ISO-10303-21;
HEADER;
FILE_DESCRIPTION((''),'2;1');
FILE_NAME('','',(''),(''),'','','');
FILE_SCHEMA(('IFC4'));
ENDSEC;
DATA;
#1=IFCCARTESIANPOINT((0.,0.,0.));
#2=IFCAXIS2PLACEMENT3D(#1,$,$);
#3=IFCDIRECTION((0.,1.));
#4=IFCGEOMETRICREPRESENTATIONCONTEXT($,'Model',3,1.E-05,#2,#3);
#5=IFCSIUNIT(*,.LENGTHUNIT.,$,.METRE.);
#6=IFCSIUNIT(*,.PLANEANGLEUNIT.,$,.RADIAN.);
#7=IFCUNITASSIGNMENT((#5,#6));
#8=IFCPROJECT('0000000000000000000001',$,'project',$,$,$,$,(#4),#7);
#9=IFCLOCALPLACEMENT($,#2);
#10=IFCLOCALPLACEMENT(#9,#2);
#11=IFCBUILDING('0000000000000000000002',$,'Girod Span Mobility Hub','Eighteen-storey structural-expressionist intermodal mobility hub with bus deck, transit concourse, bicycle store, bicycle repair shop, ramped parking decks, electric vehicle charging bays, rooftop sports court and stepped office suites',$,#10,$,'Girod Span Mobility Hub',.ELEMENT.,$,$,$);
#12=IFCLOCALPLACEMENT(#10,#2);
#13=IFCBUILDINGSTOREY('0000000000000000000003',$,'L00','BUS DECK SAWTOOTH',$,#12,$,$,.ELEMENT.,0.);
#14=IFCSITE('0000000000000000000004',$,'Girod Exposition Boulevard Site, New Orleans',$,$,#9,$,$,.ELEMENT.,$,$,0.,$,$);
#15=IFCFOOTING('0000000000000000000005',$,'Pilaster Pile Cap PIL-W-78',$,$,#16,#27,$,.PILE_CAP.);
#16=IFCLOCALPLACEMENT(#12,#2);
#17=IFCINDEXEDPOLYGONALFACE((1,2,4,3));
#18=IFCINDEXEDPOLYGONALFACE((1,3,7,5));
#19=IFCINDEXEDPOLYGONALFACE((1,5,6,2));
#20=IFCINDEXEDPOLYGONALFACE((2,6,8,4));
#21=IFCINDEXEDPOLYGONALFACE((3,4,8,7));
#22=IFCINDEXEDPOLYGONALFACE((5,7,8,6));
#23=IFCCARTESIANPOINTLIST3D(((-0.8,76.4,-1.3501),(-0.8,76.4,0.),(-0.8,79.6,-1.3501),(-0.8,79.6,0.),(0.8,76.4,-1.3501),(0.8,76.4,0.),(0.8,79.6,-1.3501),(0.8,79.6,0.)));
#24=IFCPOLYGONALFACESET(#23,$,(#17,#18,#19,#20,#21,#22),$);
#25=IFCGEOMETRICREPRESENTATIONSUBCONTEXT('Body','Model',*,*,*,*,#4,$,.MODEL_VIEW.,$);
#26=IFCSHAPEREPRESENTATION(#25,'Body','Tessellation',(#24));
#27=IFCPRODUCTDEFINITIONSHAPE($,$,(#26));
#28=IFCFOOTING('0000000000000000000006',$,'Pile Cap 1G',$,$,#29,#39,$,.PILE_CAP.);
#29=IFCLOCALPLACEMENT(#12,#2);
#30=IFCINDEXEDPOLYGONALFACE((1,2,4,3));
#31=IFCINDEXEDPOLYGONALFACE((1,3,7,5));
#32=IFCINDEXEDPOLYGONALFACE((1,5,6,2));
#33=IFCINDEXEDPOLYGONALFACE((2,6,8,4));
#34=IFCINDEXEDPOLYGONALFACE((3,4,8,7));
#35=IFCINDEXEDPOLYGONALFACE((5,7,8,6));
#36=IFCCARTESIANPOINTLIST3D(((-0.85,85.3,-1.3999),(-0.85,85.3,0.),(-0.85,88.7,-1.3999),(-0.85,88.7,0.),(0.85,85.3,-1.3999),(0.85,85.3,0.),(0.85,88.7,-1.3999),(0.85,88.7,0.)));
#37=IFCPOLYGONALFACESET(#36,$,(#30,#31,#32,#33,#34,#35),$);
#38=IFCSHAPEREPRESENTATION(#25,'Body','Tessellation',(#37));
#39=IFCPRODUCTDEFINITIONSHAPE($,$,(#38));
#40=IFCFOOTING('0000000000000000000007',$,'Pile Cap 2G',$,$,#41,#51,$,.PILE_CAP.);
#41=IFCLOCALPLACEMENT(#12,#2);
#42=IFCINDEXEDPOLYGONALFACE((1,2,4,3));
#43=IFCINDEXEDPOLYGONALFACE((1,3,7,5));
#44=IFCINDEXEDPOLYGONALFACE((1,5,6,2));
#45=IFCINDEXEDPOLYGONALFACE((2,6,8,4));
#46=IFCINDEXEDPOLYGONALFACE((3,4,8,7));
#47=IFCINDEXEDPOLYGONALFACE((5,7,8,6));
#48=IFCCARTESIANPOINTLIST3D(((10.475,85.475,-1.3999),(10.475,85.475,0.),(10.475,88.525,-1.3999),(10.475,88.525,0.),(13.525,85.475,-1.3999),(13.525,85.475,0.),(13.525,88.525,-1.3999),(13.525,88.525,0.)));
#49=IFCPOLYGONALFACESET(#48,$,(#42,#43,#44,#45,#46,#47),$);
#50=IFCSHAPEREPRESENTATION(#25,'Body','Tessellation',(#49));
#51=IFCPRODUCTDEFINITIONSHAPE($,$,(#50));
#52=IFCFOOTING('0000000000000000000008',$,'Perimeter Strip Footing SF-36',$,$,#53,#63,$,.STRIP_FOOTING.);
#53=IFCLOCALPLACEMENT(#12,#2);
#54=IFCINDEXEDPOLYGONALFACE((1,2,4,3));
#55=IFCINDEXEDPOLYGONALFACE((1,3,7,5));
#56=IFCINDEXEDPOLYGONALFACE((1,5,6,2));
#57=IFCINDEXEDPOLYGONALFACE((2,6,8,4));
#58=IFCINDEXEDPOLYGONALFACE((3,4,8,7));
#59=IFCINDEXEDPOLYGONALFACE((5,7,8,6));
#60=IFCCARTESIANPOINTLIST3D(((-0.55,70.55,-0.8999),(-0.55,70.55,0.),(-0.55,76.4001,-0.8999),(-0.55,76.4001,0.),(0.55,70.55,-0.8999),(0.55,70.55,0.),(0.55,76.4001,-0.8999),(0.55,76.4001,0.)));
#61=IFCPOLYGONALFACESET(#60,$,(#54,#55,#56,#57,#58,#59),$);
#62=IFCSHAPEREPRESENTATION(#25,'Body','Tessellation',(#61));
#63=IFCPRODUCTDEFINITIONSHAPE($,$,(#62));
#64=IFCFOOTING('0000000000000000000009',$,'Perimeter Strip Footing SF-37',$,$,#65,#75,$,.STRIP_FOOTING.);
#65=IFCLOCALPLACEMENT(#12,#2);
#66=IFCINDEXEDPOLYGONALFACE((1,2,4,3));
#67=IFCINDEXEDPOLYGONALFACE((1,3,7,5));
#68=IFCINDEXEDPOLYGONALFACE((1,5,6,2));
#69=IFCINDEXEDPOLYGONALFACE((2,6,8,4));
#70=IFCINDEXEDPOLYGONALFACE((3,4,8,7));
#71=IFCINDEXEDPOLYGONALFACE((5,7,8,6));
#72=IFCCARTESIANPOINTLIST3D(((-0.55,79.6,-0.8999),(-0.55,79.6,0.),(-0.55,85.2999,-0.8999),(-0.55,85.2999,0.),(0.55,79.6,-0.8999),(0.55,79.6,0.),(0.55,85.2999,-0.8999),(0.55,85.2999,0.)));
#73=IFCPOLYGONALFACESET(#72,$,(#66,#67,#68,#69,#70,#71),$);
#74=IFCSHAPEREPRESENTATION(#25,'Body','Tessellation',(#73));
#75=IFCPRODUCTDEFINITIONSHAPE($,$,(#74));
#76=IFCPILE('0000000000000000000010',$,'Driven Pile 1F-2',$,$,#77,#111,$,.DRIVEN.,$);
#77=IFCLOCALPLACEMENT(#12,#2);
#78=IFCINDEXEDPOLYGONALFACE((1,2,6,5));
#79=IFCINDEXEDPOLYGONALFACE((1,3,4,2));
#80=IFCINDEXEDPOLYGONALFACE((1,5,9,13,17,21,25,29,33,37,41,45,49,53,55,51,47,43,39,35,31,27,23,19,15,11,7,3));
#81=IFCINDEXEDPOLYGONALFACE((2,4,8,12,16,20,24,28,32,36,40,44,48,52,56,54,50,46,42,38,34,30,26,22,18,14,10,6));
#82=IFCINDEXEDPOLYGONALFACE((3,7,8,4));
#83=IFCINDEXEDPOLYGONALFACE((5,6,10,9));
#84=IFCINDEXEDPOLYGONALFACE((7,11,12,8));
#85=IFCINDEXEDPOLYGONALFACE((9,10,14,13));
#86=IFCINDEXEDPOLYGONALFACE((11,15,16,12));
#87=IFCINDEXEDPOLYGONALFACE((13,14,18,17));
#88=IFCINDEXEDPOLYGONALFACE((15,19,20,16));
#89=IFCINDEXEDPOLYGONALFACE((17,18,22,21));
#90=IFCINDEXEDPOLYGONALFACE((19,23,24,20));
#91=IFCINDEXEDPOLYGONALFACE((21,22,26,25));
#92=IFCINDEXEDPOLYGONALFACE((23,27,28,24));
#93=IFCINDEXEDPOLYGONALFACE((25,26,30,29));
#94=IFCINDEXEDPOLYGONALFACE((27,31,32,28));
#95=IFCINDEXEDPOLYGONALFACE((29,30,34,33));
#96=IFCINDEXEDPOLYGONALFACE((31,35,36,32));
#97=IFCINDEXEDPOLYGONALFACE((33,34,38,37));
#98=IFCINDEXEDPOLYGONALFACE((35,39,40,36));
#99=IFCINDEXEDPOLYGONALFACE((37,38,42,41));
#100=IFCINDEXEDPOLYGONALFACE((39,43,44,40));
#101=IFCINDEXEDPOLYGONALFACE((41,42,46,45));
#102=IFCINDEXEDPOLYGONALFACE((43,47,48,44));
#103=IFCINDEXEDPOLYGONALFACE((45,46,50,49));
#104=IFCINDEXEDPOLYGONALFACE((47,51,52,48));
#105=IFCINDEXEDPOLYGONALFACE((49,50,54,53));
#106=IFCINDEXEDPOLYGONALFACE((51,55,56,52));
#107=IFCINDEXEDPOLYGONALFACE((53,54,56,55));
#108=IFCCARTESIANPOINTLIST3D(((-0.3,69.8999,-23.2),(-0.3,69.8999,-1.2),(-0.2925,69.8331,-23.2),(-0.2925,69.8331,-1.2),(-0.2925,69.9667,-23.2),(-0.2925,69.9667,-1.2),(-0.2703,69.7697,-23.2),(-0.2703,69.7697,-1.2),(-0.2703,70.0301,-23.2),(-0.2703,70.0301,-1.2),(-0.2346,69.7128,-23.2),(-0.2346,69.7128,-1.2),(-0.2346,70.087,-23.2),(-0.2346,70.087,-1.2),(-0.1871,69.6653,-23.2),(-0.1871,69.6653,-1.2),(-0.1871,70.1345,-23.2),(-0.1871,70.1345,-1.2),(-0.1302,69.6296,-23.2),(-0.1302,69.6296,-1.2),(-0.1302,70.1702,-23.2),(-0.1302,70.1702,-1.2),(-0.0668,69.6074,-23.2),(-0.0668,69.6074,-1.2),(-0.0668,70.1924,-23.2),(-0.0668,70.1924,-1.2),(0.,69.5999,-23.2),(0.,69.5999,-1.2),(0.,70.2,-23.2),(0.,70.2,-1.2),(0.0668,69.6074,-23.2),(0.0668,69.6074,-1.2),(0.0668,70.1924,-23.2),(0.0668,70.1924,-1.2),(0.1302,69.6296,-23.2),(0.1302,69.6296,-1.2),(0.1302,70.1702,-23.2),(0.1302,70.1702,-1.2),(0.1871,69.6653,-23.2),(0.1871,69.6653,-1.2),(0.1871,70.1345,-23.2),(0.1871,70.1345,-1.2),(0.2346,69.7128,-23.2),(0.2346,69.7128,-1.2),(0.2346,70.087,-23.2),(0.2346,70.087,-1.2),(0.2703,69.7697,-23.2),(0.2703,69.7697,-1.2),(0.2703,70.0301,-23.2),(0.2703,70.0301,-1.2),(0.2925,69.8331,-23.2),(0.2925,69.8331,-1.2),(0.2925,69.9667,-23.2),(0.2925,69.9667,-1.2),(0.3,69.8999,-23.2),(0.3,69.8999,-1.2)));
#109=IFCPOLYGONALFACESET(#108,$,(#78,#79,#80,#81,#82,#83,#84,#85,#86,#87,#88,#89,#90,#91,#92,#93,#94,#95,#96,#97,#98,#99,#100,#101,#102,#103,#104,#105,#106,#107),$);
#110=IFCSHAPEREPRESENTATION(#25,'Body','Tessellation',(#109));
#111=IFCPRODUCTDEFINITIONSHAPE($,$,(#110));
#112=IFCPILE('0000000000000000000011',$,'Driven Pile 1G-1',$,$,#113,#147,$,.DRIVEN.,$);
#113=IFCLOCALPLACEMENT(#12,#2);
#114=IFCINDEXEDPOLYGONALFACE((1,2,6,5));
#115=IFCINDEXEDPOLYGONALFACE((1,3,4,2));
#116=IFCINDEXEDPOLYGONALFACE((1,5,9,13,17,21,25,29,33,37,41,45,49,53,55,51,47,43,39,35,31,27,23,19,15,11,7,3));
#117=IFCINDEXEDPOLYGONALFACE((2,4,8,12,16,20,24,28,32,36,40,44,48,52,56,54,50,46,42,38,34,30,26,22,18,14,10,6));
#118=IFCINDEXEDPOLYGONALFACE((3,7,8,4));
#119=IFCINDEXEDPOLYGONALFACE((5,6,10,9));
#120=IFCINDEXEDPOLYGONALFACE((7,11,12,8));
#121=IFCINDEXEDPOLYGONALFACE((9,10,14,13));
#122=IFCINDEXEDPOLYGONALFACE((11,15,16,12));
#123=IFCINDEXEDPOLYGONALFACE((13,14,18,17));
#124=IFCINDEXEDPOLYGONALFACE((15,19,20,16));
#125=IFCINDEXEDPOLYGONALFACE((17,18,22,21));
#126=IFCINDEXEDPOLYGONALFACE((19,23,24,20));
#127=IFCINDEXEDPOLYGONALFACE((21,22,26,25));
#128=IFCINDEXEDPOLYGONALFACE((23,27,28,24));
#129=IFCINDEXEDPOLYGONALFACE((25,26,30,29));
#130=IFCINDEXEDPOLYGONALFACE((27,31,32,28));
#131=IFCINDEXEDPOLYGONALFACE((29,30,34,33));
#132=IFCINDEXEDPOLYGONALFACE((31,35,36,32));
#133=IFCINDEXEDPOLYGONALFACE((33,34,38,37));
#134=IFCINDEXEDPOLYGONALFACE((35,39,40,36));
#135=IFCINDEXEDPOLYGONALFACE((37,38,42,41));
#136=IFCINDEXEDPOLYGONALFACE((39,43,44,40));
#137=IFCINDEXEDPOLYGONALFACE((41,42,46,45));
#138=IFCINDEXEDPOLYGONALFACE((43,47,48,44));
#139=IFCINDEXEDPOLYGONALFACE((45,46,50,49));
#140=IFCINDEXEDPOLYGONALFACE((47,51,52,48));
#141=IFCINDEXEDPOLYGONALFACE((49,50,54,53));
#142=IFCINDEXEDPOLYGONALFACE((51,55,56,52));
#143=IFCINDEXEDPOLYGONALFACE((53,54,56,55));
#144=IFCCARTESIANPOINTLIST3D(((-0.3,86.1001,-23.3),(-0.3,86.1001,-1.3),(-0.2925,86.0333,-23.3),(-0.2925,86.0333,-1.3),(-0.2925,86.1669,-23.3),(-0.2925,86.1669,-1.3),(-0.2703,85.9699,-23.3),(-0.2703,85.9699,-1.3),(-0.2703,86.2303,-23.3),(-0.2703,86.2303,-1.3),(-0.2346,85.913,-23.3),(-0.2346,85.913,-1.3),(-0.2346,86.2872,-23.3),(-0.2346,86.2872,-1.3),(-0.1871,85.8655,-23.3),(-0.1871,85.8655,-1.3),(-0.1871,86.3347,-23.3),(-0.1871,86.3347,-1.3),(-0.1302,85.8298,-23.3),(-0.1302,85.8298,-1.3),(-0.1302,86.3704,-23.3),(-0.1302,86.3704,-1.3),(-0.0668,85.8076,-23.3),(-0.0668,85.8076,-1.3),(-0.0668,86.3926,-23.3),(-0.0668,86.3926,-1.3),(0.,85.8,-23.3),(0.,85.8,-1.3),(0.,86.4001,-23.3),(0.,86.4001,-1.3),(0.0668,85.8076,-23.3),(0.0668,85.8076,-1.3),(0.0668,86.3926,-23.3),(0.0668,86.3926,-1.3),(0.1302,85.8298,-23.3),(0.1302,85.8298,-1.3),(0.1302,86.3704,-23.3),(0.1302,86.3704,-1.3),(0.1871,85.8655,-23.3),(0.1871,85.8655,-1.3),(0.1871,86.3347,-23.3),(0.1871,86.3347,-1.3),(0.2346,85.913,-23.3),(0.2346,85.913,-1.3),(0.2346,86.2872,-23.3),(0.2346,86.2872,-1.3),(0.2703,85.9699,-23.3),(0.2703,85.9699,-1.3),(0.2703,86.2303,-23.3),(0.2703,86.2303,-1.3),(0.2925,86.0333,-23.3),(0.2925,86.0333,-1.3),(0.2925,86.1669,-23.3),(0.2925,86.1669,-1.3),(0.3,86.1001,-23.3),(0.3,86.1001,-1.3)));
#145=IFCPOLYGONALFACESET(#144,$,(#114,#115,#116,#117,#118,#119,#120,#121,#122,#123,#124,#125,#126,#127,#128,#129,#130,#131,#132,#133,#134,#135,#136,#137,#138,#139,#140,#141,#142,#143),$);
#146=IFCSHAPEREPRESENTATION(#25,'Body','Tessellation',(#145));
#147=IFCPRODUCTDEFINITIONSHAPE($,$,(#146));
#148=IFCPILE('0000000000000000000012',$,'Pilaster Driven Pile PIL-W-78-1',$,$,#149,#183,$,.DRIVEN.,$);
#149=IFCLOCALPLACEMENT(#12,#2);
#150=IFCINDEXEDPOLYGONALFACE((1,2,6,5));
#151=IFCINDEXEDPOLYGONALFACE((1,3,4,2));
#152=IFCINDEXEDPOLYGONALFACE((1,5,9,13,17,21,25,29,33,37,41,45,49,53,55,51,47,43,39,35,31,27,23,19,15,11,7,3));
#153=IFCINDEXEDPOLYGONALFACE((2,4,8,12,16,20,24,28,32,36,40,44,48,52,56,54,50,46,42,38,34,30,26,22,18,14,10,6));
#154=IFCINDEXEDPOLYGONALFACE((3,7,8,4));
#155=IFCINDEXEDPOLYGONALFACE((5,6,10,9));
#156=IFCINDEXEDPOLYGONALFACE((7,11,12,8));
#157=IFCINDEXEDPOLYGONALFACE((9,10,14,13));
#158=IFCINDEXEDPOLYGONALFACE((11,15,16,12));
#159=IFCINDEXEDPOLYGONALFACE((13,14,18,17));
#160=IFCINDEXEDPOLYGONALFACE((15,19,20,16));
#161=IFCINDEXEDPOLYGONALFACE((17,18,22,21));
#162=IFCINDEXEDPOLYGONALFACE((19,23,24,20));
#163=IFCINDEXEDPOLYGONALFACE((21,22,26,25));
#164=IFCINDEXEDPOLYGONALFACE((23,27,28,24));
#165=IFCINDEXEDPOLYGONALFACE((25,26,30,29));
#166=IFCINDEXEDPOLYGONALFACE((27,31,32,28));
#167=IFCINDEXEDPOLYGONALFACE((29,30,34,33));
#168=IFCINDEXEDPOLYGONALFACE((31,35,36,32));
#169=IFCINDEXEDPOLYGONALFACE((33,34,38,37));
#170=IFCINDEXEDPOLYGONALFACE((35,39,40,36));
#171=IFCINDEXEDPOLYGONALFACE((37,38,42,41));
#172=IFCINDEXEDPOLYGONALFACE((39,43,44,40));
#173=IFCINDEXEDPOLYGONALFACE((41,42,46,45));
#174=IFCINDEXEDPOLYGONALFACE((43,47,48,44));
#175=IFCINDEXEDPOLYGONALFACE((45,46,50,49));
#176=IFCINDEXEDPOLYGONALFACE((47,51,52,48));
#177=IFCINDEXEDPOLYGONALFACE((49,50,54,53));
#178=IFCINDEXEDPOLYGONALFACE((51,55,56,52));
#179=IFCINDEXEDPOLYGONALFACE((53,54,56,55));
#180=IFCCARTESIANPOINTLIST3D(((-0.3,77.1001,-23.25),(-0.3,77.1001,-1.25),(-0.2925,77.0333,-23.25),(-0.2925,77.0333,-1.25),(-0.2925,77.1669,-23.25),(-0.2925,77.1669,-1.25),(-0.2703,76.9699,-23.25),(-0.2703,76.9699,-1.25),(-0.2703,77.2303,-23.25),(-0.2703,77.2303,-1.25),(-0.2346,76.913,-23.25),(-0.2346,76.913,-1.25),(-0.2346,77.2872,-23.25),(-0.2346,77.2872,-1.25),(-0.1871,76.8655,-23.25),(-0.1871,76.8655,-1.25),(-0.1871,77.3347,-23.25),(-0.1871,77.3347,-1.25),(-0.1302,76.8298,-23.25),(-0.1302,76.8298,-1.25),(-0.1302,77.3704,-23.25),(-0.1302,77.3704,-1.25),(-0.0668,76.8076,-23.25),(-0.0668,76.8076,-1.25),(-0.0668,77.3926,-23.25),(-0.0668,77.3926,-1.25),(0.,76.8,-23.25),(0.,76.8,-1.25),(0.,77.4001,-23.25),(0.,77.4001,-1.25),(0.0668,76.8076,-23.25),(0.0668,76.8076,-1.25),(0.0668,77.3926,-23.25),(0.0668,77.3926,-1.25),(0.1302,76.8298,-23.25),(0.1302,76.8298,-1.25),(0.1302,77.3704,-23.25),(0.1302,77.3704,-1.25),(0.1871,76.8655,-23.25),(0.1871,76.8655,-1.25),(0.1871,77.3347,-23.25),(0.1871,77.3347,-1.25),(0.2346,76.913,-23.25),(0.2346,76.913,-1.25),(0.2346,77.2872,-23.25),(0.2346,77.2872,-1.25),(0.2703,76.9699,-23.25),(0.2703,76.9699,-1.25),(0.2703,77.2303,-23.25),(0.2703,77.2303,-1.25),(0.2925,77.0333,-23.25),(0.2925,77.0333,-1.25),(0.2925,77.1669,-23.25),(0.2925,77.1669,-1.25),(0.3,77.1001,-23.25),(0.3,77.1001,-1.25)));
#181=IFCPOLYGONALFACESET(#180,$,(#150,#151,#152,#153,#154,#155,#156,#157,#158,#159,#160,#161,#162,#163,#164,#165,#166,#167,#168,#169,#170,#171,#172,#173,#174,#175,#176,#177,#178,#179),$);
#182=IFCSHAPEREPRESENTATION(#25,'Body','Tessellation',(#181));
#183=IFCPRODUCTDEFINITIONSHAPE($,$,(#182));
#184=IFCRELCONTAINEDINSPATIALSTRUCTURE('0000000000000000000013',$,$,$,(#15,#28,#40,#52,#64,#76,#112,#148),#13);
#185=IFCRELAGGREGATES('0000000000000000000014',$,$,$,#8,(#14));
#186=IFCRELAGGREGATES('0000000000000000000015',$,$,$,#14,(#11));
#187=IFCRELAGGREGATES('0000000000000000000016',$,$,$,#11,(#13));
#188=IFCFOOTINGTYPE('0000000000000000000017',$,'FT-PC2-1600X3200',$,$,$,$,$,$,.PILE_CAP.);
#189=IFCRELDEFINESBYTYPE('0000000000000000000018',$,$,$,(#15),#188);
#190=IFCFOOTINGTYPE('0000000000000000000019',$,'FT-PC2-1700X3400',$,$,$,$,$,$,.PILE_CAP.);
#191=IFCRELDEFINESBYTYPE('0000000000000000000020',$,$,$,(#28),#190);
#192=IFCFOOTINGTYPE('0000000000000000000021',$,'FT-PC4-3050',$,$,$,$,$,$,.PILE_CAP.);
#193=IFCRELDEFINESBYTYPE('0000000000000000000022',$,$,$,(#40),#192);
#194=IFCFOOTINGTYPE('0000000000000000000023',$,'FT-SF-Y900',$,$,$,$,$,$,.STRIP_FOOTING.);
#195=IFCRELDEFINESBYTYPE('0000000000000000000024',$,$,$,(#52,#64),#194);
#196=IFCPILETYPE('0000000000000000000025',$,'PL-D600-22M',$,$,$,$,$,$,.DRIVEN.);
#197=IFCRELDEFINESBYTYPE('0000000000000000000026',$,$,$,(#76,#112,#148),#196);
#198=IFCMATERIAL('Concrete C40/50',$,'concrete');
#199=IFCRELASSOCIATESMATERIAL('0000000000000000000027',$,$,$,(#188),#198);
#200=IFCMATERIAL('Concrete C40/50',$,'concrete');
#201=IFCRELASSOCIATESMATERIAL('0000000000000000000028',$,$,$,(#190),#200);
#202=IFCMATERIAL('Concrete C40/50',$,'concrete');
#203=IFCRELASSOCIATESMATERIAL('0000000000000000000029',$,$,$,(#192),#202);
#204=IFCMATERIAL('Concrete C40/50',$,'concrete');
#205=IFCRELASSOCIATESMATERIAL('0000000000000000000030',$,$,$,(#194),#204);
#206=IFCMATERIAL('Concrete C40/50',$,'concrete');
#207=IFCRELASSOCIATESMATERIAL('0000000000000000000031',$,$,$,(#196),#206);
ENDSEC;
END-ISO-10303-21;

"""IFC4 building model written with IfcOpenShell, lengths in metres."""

from ifc_helpers import new_model, si_unit, direction, frame, origin, origin_2d, place, context, subcontext, project, spatial, rectangle, circle, extrude, material, material_profile, profile_set, type_object, element, save


model = new_model("IFC4")

# Units and contexts
model_context = context("Model", 3, precision=1e-05, world=origin(), true_north=direction((0.0, 1.0)))
body_context = subcontext(model_context, "Body", "Model", "MODEL_VIEW")
ifc_project = project(units=[si_unit("LENGTHUNIT", "METRE"), si_unit("PLANEANGLEUNIT", "RADIAN")], contexts=[model_context])

# Site, building, storey
site_placement = place(None, origin())
site = spatial("IfcSite", under=ifc_project, at=site_placement, Name="Girod Exposition Boulevard Site, New Orleans", CompositionType="ELEMENT", RefElevation=0.0)
building_placement = place(site_placement, origin())
building = spatial("IfcBuilding", under=site, at=building_placement, Name="Girod Span Mobility Hub", Description="Eighteen-storey structural-expressionist intermodal mobility hub with bus deck, transit concourse, bicycle store, bicycle repair shop, ramped parking decks, electric vehicle charging bays, rooftop sports court and stepped office suites", LongName="Girod Span Mobility Hub", CompositionType="ELEMENT")
storey_placement = place(building_placement, origin())
storey = spatial("IfcBuildingStorey", under=building, at=storey_placement, Name="L00", Description="BUS DECK SAWTOOTH", CompositionType="ELEMENT", Elevation=0.0)

# Footings
ifc_material_1 = material(Name="Concrete C40/50", Category="concrete")
footing_type_1 = type_object("IfcFootingType", Name="FT-PC2-1600X3200", PredefinedType="PILE_CAP", material=ifc_material_1)
footing_1_placement = place(storey_placement, frame((0.0, 78.0, -1.3501), z_axis=(0.0, 0.0, 1.0), x_axis=(1.0, 0.0, 0.0)))
element("IfcFooting", 1, at=footing_1_placement, inside=storey, type_object=footing_type_1, Name="Pilaster Pile Cap PIL-W-78", PredefinedType="PILE_CAP", context=body_context, shape_type="SweptSolid", body=[
    extrude(rectangle(XDim=1.6001, YDim=3.2, at=origin_2d()), origin(), (0.0, 0.0, 1.0), 1.3501),
])
ifc_material_2 = material(Name="Concrete C40/50", Category="concrete")
footing_type_2 = type_object("IfcFootingType", Name="FT-PC2-1700X3400", PredefinedType="PILE_CAP", material=ifc_material_2)
footing_2_placement = place(storey_placement, frame((0.0, 87.0, -1.3999), z_axis=(0.0, 0.0, 1.0), x_axis=(1.0, 0.0, 0.0)))
element("IfcFooting", 2, at=footing_2_placement, inside=storey, type_object=footing_type_2, Name="Pile Cap 1G", PredefinedType="PILE_CAP", context=body_context, shape_type="SweptSolid", body=[
    extrude(rectangle(XDim=1.7, YDim=3.3999, at=origin_2d()), origin(), (0.0, 0.0, 1.0), 1.3999),
])
ifc_material_3 = material(Name="Concrete C40/50", Category="concrete")
footing_type_3 = type_object("IfcFootingType", Name="FT-PC4-3050", PredefinedType="PILE_CAP", material=ifc_material_3)
footing_3_placement = place(storey_placement, frame((12.0, 87.0, -1.3999), z_axis=(0.0, 0.0, 1.0), x_axis=(1.0, 0.0, 0.0)))
element("IfcFooting", 3, at=footing_3_placement, inside=storey, type_object=footing_type_3, Name="Pile Cap 2G", PredefinedType="PILE_CAP", context=body_context, shape_type="SweptSolid", body=[
    extrude(rectangle(XDim=3.05, YDim=3.05, at=origin_2d()), origin(), (0.0, 0.0, 1.0), 1.3999),
])
ifc_material_4 = material(Name="Concrete C40/50", Category="concrete")
footing_type_4 = type_object("IfcFootingType", Name="FT-SF-Y900", PredefinedType="STRIP_FOOTING", material=ifc_material_4)
footing_4_placement = place(storey_placement, frame((0.0, 73.4751, -0.8999), z_axis=(0.0, 0.0, 1.0), x_axis=(1.0, 0.0, 0.0)))
element("IfcFooting", 4, at=footing_4_placement, inside=storey, type_object=footing_type_4, Name="Perimeter Strip Footing SF-36", PredefinedType="STRIP_FOOTING", context=body_context, shape_type="SweptSolid", body=[
    extrude(rectangle(XDim=1.1001, YDim=5.8501, at=origin_2d()), origin(), (0.0, 0.0, 1.0), 0.8999),
])
footing_5_placement = place(storey_placement, frame((0.0, 82.45, -0.8999), z_axis=(0.0, 0.0, 1.0), x_axis=(1.0, 0.0, 0.0)))
element("IfcFooting", 5, at=footing_5_placement, inside=storey, type_object=footing_type_4, Name="Perimeter Strip Footing SF-37", PredefinedType="STRIP_FOOTING", context=body_context, shape_type="SweptSolid", body=[
    extrude(rectangle(XDim=1.1001, YDim=5.7, at=origin_2d()), origin(), (0.0, 0.0, 1.0), 0.8999),
])

# Piles
ifc_material_5 = material(Name="Concrete C40/50", Category="concrete")
ifc_material_profile_1 = material_profile(ifc_material_5, circle(Radius=0.3, at=origin_2d()), Name="PILE-D600")
ifc_profile_set_1 = profile_set([ifc_material_profile_1], Name="Concrete C40/50")
pile_type_1 = type_object("IfcPileType", Name="PL-D600-22M", PredefinedType="DRIVEN", material=ifc_profile_set_1)
for number, where, z_axis, x_axis, name in (
    (6, (0.0, 69.8999, -1.2), (0.0, 0.0, -1.0), (1.0, 0.0, 0.0), "Driven Pile 1F-2"),
    (7, (0.0, 86.1001, -1.3), (0.0, 0.0, -1.0), (1.0, 0.0, 0.0), "Driven Pile 1G-1"),
    (8, (0.0, 77.1001, -1.25), (0.0, 0.0, -1.0), (1.0, 0.0, 0.0), "Pilaster Driven Pile PIL-W-78-1"),
):
    element("IfcPile", number, at=place(storey_placement, frame(where, z_axis=z_axis, x_axis=x_axis)), inside=storey, type_object=pile_type_1, Name=name, PredefinedType="DRIVEN", context=body_context, shape_type="SweptSolid", body=[
        extrude(circle(Radius=0.3, at=origin_2d()), origin(), (0.0, 0.0, 1.0), 22.0),
    ])

save(model, "model.ifc")
